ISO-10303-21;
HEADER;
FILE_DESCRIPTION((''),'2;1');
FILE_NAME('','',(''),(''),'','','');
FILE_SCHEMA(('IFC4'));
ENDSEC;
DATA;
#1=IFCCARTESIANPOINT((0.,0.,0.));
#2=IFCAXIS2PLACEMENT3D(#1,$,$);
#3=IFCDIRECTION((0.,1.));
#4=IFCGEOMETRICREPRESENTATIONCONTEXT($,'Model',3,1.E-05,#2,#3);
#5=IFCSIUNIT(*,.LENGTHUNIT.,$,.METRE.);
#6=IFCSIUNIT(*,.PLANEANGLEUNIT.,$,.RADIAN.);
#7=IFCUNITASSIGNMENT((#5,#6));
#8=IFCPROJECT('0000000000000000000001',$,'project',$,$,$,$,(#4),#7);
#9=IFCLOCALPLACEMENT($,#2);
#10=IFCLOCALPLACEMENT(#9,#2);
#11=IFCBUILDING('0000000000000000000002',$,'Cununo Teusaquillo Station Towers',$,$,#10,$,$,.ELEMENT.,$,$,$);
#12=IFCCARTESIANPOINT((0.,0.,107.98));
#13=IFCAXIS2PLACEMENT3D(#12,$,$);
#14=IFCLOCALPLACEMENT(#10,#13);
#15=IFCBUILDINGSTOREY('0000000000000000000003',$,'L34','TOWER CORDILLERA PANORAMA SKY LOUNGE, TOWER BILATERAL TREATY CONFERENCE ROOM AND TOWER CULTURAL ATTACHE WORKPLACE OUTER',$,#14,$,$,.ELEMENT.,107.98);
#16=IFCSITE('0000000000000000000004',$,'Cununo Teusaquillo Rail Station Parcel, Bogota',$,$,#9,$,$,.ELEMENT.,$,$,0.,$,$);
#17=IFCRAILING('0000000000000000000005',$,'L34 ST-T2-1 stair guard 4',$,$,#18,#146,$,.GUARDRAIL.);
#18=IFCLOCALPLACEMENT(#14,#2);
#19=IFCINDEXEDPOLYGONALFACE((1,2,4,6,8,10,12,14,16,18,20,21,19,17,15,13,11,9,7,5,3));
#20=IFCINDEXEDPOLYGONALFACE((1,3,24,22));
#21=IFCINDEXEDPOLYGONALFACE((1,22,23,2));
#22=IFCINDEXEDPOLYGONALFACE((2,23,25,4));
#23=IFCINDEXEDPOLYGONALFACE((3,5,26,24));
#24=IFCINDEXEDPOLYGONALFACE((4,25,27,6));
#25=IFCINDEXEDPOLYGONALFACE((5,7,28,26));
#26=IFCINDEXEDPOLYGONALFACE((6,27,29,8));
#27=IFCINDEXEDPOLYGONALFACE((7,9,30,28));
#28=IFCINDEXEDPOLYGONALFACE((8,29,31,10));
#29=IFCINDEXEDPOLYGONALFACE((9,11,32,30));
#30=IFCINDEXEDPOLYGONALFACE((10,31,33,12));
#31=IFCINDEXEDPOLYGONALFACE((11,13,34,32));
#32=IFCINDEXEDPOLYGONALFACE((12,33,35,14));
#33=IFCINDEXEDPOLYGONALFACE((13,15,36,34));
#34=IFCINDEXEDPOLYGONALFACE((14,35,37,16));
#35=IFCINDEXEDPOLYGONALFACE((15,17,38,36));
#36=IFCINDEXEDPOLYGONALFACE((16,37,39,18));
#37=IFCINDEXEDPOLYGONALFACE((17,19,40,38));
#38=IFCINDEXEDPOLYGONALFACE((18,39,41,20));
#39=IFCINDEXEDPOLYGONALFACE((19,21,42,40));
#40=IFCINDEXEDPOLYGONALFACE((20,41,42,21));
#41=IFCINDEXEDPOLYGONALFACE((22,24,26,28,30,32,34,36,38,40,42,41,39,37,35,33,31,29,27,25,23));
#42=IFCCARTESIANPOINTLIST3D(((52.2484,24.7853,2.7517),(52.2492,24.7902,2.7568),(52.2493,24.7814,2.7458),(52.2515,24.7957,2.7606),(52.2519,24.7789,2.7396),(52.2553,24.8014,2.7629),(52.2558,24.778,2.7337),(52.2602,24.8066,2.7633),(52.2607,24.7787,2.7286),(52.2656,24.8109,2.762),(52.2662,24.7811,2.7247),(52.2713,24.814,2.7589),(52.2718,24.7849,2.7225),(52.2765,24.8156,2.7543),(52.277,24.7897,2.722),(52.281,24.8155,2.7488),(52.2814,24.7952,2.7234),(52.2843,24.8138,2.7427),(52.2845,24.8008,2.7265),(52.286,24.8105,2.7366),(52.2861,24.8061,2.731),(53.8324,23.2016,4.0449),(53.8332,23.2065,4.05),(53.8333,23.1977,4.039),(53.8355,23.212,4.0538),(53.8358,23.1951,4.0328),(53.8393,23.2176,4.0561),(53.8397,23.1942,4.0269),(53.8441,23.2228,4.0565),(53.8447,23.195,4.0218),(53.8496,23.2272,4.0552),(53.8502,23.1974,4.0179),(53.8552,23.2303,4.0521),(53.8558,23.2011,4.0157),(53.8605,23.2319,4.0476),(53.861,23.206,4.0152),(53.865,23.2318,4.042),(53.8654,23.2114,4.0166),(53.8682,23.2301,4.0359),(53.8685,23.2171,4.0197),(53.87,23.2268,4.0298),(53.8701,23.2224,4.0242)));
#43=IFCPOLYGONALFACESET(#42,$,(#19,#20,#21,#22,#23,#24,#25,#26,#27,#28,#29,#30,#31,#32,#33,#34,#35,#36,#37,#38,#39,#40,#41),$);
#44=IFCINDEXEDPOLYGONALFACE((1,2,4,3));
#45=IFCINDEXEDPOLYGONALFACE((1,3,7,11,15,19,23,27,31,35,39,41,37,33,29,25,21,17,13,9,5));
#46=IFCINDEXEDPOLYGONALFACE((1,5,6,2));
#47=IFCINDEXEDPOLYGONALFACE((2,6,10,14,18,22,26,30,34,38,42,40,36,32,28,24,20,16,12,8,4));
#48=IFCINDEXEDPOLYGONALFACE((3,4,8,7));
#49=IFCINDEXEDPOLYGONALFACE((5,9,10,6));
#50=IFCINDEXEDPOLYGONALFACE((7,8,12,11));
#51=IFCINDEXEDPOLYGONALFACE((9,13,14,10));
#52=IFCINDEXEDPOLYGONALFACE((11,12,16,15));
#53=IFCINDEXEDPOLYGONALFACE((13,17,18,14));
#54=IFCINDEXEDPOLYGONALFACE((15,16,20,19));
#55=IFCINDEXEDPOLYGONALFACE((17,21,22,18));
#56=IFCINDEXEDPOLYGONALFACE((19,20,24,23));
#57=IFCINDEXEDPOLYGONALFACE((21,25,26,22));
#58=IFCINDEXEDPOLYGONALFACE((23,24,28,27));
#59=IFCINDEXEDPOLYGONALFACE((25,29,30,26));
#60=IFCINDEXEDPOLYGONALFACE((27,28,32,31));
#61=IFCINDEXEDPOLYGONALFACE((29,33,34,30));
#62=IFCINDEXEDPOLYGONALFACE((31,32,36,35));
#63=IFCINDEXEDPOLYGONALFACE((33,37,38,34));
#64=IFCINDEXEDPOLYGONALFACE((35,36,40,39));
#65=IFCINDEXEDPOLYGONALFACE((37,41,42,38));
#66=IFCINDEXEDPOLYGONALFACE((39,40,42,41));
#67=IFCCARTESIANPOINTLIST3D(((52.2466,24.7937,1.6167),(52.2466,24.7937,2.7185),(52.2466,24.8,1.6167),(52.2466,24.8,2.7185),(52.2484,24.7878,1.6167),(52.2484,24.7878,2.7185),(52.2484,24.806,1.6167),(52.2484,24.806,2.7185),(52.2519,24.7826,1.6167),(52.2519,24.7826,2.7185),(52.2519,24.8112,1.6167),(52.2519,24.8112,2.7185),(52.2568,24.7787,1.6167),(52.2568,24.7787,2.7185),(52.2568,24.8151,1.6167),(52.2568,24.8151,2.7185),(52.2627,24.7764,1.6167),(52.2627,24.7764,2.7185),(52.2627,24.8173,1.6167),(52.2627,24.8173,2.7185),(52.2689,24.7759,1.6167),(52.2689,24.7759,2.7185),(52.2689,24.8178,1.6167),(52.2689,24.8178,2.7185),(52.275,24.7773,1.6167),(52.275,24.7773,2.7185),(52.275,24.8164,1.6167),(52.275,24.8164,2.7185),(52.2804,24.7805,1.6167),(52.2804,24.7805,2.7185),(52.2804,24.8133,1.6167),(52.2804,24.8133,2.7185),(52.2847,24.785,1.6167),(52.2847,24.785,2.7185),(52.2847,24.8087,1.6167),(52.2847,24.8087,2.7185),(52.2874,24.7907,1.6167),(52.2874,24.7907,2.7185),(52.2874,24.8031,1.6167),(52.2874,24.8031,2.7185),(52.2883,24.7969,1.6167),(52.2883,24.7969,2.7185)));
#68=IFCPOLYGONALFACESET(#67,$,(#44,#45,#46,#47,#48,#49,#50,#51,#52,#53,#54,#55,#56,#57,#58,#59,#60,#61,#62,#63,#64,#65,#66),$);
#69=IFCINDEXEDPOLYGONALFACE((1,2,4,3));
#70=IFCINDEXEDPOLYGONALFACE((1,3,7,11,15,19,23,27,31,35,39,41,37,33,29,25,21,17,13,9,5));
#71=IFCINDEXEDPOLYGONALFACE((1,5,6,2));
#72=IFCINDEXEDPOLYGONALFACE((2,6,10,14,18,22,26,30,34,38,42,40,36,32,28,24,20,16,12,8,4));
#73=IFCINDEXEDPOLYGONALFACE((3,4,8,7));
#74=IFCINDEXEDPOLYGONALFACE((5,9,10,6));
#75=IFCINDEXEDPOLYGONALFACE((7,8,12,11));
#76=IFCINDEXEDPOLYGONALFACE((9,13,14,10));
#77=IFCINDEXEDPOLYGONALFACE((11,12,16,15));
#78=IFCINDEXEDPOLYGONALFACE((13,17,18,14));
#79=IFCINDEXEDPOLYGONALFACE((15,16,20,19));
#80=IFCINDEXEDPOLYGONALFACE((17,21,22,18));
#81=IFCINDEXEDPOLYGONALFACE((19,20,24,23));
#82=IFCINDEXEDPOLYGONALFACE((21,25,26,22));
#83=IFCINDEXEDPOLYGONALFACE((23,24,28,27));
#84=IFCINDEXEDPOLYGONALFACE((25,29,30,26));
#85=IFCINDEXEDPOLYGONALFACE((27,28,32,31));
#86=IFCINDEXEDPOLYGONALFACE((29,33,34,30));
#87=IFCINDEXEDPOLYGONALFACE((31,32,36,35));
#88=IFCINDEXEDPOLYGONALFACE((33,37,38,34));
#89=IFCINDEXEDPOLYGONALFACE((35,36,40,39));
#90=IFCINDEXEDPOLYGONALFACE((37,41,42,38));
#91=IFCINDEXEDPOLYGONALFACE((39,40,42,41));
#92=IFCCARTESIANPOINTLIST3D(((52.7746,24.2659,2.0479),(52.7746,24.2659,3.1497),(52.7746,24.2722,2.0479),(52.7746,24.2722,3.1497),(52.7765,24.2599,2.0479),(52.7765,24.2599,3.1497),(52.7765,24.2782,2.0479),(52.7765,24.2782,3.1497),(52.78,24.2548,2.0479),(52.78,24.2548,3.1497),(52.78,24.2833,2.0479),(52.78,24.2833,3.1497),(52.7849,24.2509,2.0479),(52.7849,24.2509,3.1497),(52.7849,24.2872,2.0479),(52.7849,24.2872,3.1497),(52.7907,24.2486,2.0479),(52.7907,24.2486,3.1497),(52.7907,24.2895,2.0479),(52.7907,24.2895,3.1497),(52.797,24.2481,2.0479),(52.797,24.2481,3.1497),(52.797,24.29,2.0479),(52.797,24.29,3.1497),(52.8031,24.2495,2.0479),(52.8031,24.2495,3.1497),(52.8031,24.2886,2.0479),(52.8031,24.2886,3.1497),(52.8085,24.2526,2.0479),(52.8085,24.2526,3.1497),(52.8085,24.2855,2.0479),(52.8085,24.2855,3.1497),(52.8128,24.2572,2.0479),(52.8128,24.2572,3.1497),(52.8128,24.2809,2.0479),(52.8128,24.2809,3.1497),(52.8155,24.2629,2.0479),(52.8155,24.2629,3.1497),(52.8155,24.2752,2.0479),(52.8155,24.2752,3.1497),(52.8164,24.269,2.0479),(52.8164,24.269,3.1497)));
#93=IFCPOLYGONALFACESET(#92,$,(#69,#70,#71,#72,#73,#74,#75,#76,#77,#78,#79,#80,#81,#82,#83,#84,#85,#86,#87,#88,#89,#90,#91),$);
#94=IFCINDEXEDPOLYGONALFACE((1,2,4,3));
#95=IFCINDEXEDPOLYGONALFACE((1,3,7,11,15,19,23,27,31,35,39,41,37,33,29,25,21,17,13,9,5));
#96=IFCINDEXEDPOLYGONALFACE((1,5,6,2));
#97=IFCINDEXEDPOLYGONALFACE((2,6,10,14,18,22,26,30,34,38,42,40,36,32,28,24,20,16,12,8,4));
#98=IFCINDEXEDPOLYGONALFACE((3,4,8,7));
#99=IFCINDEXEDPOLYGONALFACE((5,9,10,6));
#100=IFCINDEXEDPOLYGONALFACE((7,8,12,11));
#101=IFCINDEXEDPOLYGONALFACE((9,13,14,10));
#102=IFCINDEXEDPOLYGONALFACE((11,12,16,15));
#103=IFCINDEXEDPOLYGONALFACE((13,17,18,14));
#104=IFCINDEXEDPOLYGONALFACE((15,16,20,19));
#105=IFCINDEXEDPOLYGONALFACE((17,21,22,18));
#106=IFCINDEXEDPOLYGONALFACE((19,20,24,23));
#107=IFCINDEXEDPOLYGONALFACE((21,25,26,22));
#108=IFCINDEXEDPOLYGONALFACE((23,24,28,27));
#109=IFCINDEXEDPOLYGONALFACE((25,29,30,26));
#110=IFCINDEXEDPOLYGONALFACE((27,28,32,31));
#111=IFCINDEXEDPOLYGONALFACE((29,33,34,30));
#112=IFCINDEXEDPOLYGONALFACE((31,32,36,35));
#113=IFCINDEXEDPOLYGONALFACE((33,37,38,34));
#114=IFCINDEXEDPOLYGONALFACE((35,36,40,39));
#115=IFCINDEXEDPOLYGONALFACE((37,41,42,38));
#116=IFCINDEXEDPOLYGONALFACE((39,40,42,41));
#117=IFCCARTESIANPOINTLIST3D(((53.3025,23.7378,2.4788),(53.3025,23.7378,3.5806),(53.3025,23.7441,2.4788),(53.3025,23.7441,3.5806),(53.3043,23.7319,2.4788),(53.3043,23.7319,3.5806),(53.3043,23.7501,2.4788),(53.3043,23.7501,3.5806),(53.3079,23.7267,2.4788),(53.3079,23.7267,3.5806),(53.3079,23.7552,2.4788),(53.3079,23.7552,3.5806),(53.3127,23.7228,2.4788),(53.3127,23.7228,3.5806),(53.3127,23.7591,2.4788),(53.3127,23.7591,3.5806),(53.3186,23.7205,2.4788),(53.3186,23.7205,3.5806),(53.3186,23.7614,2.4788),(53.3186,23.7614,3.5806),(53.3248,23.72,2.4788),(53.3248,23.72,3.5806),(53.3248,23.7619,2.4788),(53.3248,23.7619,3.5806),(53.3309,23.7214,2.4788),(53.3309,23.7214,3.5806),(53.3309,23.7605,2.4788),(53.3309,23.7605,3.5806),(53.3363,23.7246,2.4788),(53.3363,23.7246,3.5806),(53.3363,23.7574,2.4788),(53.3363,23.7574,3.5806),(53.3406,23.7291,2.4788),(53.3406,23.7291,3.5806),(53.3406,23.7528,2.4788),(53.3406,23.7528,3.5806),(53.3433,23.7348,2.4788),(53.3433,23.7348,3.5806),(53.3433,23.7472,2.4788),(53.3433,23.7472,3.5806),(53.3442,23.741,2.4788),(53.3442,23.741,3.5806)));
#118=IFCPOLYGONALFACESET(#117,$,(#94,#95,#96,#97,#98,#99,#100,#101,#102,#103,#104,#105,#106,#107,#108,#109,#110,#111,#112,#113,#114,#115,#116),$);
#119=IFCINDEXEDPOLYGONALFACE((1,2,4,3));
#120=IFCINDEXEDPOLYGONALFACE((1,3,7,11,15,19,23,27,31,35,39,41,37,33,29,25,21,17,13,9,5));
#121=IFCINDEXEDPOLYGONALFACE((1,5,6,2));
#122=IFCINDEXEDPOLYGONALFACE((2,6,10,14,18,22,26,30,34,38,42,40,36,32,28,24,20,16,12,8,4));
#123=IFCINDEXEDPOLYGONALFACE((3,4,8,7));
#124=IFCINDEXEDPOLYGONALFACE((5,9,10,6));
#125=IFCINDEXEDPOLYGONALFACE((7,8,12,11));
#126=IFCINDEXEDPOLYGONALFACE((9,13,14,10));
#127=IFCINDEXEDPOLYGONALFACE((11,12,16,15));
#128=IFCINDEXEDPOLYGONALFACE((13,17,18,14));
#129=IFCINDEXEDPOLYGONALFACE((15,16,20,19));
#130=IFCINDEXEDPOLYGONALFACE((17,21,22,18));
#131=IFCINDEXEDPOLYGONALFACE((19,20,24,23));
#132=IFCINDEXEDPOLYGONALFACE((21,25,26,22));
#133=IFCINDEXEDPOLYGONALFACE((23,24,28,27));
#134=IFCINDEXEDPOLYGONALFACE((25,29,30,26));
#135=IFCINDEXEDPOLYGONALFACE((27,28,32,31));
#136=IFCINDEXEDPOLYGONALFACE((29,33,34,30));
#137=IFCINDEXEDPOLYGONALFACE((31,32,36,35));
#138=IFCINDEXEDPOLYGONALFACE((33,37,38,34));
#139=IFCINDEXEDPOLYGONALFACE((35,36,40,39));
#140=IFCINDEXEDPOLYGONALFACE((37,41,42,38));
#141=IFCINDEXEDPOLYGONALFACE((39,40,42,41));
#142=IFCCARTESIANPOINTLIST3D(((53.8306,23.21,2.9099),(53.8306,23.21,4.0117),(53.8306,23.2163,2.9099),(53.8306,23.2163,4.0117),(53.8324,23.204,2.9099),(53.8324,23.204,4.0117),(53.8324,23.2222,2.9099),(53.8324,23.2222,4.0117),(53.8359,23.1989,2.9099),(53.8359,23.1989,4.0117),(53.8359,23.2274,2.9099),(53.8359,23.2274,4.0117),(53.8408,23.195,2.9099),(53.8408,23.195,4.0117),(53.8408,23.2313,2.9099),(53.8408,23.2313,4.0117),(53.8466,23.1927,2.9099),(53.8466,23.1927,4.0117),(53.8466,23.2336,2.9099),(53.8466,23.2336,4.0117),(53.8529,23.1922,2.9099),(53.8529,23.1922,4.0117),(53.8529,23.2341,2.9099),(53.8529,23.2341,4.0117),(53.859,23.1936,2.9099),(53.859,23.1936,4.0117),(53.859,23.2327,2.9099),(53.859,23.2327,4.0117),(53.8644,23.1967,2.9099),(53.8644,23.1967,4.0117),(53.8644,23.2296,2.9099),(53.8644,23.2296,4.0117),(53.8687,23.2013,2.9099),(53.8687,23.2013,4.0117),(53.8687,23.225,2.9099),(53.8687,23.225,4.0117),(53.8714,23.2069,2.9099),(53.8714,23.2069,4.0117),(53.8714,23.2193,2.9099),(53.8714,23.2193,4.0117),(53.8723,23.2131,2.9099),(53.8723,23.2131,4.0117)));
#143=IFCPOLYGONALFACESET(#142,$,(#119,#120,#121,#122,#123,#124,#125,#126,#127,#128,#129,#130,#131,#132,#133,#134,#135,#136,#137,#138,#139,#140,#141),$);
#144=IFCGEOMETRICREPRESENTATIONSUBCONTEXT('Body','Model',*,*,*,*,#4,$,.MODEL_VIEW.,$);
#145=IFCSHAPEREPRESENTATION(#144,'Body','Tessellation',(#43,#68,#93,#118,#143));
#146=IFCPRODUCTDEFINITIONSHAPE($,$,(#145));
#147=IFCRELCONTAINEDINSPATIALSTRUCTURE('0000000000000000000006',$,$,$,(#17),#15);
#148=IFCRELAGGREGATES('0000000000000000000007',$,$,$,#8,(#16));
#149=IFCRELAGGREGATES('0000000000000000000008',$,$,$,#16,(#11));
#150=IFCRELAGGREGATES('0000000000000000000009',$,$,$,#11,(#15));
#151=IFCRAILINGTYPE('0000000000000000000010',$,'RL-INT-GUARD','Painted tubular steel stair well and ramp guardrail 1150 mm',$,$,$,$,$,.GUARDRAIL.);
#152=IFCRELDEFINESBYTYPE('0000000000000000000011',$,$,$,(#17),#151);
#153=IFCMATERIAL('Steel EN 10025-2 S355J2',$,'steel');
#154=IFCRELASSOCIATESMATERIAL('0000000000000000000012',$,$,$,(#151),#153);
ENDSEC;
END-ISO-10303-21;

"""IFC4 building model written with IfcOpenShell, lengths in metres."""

from ifc_helpers import new_model, si_unit, direction, frame, origin, origin_2d, place, context, subcontext, project, spatial, circle, extrude, material, type_object, element, save


model = new_model("IFC4")

# Units and contexts
model_context = context("Model", 3, precision=1e-05, world=origin(), true_north=direction((0.0, 1.0)))
body_context = subcontext(model_context, "Body", "Model", "MODEL_VIEW")
ifc_project = project(units=[si_unit("LENGTHUNIT", "METRE"), si_unit("PLANEANGLEUNIT", "RADIAN")], contexts=[model_context])

# Site, building, storey
site_placement = place(None, origin())
site = spatial("IfcSite", under=ifc_project, at=site_placement, Name="Cununo Teusaquillo Rail Station Parcel, Bogota", CompositionType="ELEMENT", RefElevation=0.0)
building_placement = place(site_placement, origin())
building = spatial("IfcBuilding", under=site, at=building_placement, Name="Cununo Teusaquillo Station Towers", CompositionType="ELEMENT")
storey_placement = place(building_placement, frame((0.0, 0.0, 107.98)))
storey = spatial("IfcBuildingStorey", under=building, at=storey_placement, Name="L34", Description="TOWER CORDILLERA PANORAMA SKY LOUNGE, TOWER BILATERAL TREATY CONFERENCE ROOM AND TOWER CULTURAL ATTACHE WORKPLACE OUTER", CompositionType="ELEMENT", Elevation=107.98)

# Railing
ifc_material_1 = material(Name="Steel EN 10025-2 S355J2", Category="steel")
railing_type_1 = type_object("IfcRailingType", Name="RL-INT-GUARD", Description="Painted tubular steel stair well and ramp guardrail 1150 mm", PredefinedType="GUARDRAIL", material=ifc_material_1)
railing_1_placement = place(storey_placement, frame((52.2673, 24.7969, 1.6167)))
element("IfcRailing", 1, at=railing_1_placement, inside=storey, type_object=railing_type_1, Name="L34 ST-T2-1 stair guard 4", PredefinedType="GUARDRAIL", context=body_context, shape_type="SweptSolid", body=[
    extrude(circle(Radius=0.0239, at=origin_2d()), frame((0.0, 0.0, 1.126), z_axis=(0.61242, -0.612326, 0.499998), x_axis=(0.707052, 0.707161, 0.0)), (0.0, 0.0, 1.0), 2.5864),
    extrude(circle(Radius=0.021, at=origin_2d()), origin(), (0.0, 0.0, 1.0), 1.1018),
    extrude(circle(Radius=0.021, at=origin_2d()), frame((0.5281, -0.5278, 0.4312)), (0.0, 0.0, 1.0), 1.1018),
    extrude(circle(Radius=0.021, at=origin_2d()), frame((1.0559, -1.0559, 0.8621)), (0.0, 0.0, 1.0), 1.1018),
    extrude(circle(Radius=0.021, at=origin_2d()), frame((1.584, -1.5837, 1.2932)), (0.0, 0.0, 1.0), 1.1018),
])

save(model, "model.ifc")
